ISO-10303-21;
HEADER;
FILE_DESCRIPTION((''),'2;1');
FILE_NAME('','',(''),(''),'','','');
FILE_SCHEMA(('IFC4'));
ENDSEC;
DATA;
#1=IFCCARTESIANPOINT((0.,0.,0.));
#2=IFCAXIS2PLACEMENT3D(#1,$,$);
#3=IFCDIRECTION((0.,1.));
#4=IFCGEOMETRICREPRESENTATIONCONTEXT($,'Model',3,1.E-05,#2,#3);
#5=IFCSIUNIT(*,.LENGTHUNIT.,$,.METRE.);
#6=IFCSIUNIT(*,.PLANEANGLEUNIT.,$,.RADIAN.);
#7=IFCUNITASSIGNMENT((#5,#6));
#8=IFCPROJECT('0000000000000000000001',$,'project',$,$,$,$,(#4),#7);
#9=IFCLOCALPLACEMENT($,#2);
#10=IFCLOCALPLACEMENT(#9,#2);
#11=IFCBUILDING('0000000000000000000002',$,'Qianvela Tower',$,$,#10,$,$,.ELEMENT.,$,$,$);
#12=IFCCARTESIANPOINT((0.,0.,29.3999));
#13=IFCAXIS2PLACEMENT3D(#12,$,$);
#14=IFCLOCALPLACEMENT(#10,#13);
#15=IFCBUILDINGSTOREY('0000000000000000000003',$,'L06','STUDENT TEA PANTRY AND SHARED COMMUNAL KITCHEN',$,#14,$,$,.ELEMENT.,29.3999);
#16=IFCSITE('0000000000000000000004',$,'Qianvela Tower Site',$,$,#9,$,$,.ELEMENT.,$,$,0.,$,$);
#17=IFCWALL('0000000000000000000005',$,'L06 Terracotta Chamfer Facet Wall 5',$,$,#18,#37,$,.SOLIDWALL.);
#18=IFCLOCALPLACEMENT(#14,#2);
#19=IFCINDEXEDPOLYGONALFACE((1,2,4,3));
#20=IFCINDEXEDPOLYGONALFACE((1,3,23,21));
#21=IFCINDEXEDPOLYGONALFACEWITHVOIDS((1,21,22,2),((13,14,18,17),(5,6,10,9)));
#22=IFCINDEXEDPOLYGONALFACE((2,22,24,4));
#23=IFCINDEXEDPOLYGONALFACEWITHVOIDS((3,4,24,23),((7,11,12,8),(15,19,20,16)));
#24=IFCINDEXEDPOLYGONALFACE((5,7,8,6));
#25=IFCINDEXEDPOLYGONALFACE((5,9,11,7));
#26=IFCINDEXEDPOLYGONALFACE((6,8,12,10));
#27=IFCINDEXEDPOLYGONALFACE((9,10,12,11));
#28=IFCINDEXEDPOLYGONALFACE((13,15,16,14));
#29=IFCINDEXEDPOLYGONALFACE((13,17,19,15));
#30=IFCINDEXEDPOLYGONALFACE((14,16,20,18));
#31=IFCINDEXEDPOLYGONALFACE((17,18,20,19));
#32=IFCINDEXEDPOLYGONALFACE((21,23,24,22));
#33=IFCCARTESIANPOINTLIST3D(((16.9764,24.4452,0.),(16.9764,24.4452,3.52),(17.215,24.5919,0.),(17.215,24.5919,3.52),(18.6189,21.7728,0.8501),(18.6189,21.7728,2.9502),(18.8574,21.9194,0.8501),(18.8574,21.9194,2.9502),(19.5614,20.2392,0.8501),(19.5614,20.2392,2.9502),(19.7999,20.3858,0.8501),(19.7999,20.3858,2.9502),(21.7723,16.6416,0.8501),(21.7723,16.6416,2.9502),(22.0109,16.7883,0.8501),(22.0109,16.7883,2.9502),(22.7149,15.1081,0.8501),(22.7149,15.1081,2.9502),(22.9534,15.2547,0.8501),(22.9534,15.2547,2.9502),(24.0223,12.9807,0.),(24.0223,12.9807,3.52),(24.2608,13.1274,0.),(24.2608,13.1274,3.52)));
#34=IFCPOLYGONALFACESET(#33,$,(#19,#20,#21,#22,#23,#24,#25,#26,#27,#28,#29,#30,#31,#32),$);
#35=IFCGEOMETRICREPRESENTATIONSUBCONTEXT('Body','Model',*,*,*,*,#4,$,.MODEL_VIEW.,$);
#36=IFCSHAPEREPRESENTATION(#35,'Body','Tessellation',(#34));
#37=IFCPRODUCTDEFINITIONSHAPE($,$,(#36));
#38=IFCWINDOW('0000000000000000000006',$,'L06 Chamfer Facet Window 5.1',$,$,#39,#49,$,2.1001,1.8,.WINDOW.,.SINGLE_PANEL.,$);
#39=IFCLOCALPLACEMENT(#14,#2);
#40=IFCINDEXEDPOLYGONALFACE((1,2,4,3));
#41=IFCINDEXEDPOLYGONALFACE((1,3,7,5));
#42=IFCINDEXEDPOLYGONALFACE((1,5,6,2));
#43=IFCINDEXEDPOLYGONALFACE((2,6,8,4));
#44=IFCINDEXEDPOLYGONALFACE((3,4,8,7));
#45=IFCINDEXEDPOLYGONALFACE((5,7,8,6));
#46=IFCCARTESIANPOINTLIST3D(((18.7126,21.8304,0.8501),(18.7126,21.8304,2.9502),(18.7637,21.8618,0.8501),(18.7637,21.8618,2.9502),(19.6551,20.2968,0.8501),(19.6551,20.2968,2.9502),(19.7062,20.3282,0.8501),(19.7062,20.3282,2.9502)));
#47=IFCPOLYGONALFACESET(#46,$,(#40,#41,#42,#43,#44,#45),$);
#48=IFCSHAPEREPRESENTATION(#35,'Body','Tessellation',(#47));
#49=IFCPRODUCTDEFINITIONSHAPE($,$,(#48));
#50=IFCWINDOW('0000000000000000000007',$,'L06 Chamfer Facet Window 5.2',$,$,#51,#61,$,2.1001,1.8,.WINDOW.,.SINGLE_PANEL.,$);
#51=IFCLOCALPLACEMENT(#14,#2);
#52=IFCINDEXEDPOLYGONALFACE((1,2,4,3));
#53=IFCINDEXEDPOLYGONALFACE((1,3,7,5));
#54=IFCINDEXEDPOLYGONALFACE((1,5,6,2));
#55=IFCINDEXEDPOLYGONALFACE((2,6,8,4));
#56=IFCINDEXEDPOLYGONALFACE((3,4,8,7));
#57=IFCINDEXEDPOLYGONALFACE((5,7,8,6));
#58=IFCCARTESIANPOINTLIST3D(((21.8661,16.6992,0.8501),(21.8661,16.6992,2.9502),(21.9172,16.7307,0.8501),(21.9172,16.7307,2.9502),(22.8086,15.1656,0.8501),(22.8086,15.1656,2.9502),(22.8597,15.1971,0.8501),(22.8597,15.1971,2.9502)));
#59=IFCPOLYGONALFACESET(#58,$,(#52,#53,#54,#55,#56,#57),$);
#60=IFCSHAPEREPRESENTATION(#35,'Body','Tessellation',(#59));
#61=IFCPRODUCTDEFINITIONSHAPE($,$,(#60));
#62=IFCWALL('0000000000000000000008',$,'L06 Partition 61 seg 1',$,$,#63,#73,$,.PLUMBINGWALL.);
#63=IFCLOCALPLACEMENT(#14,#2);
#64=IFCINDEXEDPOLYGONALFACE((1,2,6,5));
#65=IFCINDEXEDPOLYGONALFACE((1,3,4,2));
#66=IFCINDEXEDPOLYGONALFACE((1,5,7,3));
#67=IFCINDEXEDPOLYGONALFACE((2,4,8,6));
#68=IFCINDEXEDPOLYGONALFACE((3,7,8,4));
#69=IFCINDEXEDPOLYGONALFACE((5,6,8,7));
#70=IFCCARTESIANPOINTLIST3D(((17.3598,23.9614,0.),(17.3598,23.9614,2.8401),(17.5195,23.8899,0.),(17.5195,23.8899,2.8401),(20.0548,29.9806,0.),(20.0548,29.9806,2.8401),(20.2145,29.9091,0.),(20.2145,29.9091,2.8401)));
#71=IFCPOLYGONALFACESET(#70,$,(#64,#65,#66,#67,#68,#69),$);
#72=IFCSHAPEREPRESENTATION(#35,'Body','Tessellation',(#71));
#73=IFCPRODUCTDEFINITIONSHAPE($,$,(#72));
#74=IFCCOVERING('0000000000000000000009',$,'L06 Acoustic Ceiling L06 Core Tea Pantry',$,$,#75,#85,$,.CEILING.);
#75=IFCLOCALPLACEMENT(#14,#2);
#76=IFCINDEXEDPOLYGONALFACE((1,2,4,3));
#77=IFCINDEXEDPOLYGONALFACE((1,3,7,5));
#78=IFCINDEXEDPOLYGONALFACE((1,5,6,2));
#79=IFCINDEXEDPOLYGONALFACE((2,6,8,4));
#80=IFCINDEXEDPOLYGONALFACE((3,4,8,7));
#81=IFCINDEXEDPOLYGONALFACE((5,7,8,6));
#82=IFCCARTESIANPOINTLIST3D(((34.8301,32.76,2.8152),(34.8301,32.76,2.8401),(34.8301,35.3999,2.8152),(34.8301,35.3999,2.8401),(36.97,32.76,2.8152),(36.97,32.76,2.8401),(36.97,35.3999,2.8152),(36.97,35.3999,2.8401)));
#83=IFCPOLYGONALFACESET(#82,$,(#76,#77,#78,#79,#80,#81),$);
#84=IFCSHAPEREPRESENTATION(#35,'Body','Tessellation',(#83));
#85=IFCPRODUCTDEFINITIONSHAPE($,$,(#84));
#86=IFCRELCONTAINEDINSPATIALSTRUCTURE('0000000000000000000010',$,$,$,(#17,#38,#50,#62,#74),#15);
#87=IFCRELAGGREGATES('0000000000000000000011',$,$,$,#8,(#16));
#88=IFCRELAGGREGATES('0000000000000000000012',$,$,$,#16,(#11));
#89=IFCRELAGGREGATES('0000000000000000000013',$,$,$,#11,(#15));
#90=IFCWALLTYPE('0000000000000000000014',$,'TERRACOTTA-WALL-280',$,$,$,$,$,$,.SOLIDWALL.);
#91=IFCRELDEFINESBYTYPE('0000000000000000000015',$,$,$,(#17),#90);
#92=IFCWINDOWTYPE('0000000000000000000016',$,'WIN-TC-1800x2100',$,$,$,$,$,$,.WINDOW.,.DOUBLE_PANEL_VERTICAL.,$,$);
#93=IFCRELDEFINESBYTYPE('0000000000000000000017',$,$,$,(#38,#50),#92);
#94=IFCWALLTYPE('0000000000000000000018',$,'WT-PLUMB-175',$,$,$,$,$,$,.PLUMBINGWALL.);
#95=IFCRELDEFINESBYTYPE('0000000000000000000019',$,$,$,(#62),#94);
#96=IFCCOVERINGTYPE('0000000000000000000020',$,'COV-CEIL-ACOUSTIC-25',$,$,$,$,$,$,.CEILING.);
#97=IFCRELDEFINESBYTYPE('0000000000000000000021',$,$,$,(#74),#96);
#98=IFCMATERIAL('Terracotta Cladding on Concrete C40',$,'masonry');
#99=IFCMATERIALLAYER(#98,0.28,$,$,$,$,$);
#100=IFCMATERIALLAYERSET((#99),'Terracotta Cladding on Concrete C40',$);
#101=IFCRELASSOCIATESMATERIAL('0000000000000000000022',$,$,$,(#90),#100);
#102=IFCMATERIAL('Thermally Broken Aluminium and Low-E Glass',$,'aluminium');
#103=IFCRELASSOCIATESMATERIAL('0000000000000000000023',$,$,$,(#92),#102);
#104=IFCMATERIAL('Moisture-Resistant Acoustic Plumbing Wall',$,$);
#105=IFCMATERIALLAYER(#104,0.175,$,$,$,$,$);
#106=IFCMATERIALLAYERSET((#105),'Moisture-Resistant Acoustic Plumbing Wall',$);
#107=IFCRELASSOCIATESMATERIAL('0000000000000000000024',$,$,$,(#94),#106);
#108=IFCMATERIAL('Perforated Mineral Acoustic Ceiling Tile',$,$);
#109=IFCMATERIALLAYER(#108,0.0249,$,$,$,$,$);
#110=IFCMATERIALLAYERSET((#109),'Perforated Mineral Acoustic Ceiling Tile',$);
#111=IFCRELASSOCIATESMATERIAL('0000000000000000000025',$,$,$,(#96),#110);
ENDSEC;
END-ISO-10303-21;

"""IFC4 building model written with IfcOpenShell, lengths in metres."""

from ifc_helpers import new_model, si_unit, direction, frame, frame_2d, origin, place, context, subcontext, project, spatial, polyline, rectangle, outline, extrude, material, layer, layer_set, type_object, element, fill, save


model = new_model("IFC4")

# Units and contexts
model_context = context("Model", 3, precision=1e-05, world=origin(), true_north=direction((0.0, 1.0)))
body_context = subcontext(model_context, "Body", "Model", "MODEL_VIEW")
ifc_project = project(units=[si_unit("LENGTHUNIT", "METRE"), si_unit("PLANEANGLEUNIT", "RADIAN")], contexts=[model_context])

# Site, building, storey
site_placement = place(None, origin())
site = spatial("IfcSite", under=ifc_project, at=site_placement, Name="Qianvela Tower Site", CompositionType="ELEMENT", RefElevation=0.0)
building_placement = place(site_placement, origin())
building = spatial("IfcBuilding", under=site, at=building_placement, Name="Qianvela Tower", CompositionType="ELEMENT")
storey_placement = place(building_placement, frame((0.0, 0.0, 29.3999)))
storey = spatial("IfcBuildingStorey", under=building, at=storey_placement, Name="L06", Description="STUDENT TEA PANTRY AND SHARED COMMUNAL KITCHEN", CompositionType="ELEMENT", Elevation=29.3999)

# Wall, openings, windows
ifc_material_1 = material(Name="Terracotta Cladding on Concrete C40", Category="masonry")
ifc_layer_1 = layer(ifc_material_1, 0.28)
ifc_layer_set_1 = layer_set([ifc_layer_1], Name="Terracotta Cladding on Concrete C40")
wall_type_1 = type_object("IfcWallType", Name="TERRACOTTA-WALL-280", PredefinedType="SOLIDWALL", material=ifc_layer_set_1)
wall_1_placement = place(storey_placement, frame((17.0957, 24.5186, 0.0), z_axis=(0.0, 0.0, 1.0), x_axis=(0.523599, -0.851965, 0.0)))
wall_1 = element("IfcWall", 1, at=wall_1_placement, inside=storey, type_object=wall_type_1, Name="L06 Terracotta Chamfer Facet Wall 5", PredefinedType="SOLIDWALL", context=body_context, shape_type="SweptSolid", body=[
    extrude(rectangle(XDim=13.4565, YDim=0.28, at=frame_2d((6.7283, 0.0))), origin(), (0.0, 0.0, 1.0), 3.52),
])
opening_1_placement = place(wall_1_placement, frame((3.137, 0.0, 0.8501)))
opening_1 = element("IfcOpeningElement", 2, at=opening_1_placement, cuts=wall_1, PredefinedType="OPENING", context=body_context, shape_type="SweptSolid", body=[
    extrude(rectangle(XDim=1.8, YDim=2.1001, at=frame_2d((0.8999, 1.05))), frame((0.0, 0.1499, 0.0), z_axis=(0.0, -1.0, 0.0), x_axis=(1.0, 0.0, 0.0)), (0.0, 0.0, 1.0), 0.3),
])
opening_2_placement = place(wall_1_placement, frame((9.1597, 0.0, 0.8501)))
opening_2 = element("IfcOpeningElement", 3, at=opening_2_placement, cuts=wall_1, PredefinedType="OPENING", context=body_context, shape_type="SweptSolid", body=[
    extrude(rectangle(XDim=1.8, YDim=2.1001, at=frame_2d((0.8999, 1.05))), frame((0.0, 0.1499, 0.0), z_axis=(0.0, -1.0, 0.0), x_axis=(1.0, 0.0, 0.0)), (0.0, 0.0, 1.0), 0.3),
])
ifc_material_2 = material(Name="Thermally Broken Aluminium and Low-E Glass", Category="aluminium")
window_type = type_object("IfcWindowType", Name="WIN-TC-1800x2100", PartitioningType="DOUBLE_PANEL_VERTICAL", PredefinedType="WINDOW", material=ifc_material_2)
window_1_placement = place(opening_1_placement, origin())
window_1 = element("IfcWindow", 4, at=window_1_placement, inside=storey, type_object=window_type, Name="L06 Chamfer Facet Window 5.1", OverallHeight=2.1001, OverallWidth=1.8, PartitioningType="SINGLE_PANEL", PredefinedType="WINDOW", context=body_context, shape_type="SweptSolid", body=[
    extrude(rectangle(XDim=1.8, YDim=2.1001, at=frame_2d((0.8999, 1.05))), frame((0.0, 0.03, 0.0), z_axis=(0.0, -1.0, 0.0), x_axis=(1.0, 0.0, 0.0)), (0.0, 0.0, 1.0), 0.0601),
])
fill(opening_1, window_1)
window_2_placement = place(opening_2_placement, origin())
window_2 = element("IfcWindow", 5, at=window_2_placement, inside=storey, type_object=window_type, Name="L06 Chamfer Facet Window 5.2", OverallHeight=2.1001, OverallWidth=1.8, PartitioningType="SINGLE_PANEL", PredefinedType="WINDOW", context=body_context, shape_type="SweptSolid", body=[
    extrude(rectangle(XDim=1.8, YDim=2.1001, at=frame_2d((0.8999, 1.05))), frame((0.0, 0.03, 0.0), z_axis=(0.0, -1.0, 0.0), x_axis=(1.0, 0.0, 0.0)), (0.0, 0.0, 1.0), 0.0601),
])
fill(opening_2, window_2)

# Wall
ifc_material_3 = material(Name="Moisture-Resistant Acoustic Plumbing Wall")
ifc_layer_2 = layer(ifc_material_3, 0.175)
ifc_layer_set_2 = layer_set([ifc_layer_2], Name="Moisture-Resistant Acoustic Plumbing Wall")
wall_type_2 = type_object("IfcWallType", Name="WT-PLUMB-175", PredefinedType="PLUMBINGWALL", material=ifc_layer_set_2)
wall_2_placement = place(storey_placement, frame((17.4397, 23.9258, 0.0), z_axis=(0.0, 0.0, 1.0), x_axis=(0.408648, 0.912692, 0.0)))
element("IfcWall", 6, at=wall_2_placement, inside=storey, type_object=wall_type_2, Name="L06 Partition 61 seg 1", PredefinedType="PLUMBINGWALL", context=body_context, shape_type="SweptSolid", body=[
    extrude(rectangle(XDim=6.595, YDim=0.175, at=frame_2d((3.2974, 0.0))), origin(), (0.0, 0.0, 1.0), 2.8401),
])

# Covering
ifc_material_4 = material(Name="Perforated Mineral Acoustic Ceiling Tile")
ifc_layer_3 = layer(ifc_material_4, 0.0249)
ifc_layer_set_3 = layer_set([ifc_layer_3], Name="Perforated Mineral Acoustic Ceiling Tile")
covering_type_1 = type_object("IfcCoveringType", Name="COV-CEIL-ACOUSTIC-25", PredefinedType="CEILING", material=ifc_layer_set_3)
covering_1_placement = place(storey_placement, frame((0.0, 0.0, 2.8152)))
element("IfcCovering", 7, at=covering_1_placement, inside=storey, type_object=covering_type_1, Name="L06 Acoustic Ceiling L06 Core Tea Pantry", PredefinedType="CEILING", context=body_context, shape_type="SweptSolid", body=[
    extrude(outline(polyline([(36.97, 32.76), (34.8301, 32.76), (34.8301, 35.3999), (36.97, 35.3999), (36.97, 32.76)])), origin(), (0.0, 0.0, 1.0), 0.0249),
])

save(model, "model.ifc")
